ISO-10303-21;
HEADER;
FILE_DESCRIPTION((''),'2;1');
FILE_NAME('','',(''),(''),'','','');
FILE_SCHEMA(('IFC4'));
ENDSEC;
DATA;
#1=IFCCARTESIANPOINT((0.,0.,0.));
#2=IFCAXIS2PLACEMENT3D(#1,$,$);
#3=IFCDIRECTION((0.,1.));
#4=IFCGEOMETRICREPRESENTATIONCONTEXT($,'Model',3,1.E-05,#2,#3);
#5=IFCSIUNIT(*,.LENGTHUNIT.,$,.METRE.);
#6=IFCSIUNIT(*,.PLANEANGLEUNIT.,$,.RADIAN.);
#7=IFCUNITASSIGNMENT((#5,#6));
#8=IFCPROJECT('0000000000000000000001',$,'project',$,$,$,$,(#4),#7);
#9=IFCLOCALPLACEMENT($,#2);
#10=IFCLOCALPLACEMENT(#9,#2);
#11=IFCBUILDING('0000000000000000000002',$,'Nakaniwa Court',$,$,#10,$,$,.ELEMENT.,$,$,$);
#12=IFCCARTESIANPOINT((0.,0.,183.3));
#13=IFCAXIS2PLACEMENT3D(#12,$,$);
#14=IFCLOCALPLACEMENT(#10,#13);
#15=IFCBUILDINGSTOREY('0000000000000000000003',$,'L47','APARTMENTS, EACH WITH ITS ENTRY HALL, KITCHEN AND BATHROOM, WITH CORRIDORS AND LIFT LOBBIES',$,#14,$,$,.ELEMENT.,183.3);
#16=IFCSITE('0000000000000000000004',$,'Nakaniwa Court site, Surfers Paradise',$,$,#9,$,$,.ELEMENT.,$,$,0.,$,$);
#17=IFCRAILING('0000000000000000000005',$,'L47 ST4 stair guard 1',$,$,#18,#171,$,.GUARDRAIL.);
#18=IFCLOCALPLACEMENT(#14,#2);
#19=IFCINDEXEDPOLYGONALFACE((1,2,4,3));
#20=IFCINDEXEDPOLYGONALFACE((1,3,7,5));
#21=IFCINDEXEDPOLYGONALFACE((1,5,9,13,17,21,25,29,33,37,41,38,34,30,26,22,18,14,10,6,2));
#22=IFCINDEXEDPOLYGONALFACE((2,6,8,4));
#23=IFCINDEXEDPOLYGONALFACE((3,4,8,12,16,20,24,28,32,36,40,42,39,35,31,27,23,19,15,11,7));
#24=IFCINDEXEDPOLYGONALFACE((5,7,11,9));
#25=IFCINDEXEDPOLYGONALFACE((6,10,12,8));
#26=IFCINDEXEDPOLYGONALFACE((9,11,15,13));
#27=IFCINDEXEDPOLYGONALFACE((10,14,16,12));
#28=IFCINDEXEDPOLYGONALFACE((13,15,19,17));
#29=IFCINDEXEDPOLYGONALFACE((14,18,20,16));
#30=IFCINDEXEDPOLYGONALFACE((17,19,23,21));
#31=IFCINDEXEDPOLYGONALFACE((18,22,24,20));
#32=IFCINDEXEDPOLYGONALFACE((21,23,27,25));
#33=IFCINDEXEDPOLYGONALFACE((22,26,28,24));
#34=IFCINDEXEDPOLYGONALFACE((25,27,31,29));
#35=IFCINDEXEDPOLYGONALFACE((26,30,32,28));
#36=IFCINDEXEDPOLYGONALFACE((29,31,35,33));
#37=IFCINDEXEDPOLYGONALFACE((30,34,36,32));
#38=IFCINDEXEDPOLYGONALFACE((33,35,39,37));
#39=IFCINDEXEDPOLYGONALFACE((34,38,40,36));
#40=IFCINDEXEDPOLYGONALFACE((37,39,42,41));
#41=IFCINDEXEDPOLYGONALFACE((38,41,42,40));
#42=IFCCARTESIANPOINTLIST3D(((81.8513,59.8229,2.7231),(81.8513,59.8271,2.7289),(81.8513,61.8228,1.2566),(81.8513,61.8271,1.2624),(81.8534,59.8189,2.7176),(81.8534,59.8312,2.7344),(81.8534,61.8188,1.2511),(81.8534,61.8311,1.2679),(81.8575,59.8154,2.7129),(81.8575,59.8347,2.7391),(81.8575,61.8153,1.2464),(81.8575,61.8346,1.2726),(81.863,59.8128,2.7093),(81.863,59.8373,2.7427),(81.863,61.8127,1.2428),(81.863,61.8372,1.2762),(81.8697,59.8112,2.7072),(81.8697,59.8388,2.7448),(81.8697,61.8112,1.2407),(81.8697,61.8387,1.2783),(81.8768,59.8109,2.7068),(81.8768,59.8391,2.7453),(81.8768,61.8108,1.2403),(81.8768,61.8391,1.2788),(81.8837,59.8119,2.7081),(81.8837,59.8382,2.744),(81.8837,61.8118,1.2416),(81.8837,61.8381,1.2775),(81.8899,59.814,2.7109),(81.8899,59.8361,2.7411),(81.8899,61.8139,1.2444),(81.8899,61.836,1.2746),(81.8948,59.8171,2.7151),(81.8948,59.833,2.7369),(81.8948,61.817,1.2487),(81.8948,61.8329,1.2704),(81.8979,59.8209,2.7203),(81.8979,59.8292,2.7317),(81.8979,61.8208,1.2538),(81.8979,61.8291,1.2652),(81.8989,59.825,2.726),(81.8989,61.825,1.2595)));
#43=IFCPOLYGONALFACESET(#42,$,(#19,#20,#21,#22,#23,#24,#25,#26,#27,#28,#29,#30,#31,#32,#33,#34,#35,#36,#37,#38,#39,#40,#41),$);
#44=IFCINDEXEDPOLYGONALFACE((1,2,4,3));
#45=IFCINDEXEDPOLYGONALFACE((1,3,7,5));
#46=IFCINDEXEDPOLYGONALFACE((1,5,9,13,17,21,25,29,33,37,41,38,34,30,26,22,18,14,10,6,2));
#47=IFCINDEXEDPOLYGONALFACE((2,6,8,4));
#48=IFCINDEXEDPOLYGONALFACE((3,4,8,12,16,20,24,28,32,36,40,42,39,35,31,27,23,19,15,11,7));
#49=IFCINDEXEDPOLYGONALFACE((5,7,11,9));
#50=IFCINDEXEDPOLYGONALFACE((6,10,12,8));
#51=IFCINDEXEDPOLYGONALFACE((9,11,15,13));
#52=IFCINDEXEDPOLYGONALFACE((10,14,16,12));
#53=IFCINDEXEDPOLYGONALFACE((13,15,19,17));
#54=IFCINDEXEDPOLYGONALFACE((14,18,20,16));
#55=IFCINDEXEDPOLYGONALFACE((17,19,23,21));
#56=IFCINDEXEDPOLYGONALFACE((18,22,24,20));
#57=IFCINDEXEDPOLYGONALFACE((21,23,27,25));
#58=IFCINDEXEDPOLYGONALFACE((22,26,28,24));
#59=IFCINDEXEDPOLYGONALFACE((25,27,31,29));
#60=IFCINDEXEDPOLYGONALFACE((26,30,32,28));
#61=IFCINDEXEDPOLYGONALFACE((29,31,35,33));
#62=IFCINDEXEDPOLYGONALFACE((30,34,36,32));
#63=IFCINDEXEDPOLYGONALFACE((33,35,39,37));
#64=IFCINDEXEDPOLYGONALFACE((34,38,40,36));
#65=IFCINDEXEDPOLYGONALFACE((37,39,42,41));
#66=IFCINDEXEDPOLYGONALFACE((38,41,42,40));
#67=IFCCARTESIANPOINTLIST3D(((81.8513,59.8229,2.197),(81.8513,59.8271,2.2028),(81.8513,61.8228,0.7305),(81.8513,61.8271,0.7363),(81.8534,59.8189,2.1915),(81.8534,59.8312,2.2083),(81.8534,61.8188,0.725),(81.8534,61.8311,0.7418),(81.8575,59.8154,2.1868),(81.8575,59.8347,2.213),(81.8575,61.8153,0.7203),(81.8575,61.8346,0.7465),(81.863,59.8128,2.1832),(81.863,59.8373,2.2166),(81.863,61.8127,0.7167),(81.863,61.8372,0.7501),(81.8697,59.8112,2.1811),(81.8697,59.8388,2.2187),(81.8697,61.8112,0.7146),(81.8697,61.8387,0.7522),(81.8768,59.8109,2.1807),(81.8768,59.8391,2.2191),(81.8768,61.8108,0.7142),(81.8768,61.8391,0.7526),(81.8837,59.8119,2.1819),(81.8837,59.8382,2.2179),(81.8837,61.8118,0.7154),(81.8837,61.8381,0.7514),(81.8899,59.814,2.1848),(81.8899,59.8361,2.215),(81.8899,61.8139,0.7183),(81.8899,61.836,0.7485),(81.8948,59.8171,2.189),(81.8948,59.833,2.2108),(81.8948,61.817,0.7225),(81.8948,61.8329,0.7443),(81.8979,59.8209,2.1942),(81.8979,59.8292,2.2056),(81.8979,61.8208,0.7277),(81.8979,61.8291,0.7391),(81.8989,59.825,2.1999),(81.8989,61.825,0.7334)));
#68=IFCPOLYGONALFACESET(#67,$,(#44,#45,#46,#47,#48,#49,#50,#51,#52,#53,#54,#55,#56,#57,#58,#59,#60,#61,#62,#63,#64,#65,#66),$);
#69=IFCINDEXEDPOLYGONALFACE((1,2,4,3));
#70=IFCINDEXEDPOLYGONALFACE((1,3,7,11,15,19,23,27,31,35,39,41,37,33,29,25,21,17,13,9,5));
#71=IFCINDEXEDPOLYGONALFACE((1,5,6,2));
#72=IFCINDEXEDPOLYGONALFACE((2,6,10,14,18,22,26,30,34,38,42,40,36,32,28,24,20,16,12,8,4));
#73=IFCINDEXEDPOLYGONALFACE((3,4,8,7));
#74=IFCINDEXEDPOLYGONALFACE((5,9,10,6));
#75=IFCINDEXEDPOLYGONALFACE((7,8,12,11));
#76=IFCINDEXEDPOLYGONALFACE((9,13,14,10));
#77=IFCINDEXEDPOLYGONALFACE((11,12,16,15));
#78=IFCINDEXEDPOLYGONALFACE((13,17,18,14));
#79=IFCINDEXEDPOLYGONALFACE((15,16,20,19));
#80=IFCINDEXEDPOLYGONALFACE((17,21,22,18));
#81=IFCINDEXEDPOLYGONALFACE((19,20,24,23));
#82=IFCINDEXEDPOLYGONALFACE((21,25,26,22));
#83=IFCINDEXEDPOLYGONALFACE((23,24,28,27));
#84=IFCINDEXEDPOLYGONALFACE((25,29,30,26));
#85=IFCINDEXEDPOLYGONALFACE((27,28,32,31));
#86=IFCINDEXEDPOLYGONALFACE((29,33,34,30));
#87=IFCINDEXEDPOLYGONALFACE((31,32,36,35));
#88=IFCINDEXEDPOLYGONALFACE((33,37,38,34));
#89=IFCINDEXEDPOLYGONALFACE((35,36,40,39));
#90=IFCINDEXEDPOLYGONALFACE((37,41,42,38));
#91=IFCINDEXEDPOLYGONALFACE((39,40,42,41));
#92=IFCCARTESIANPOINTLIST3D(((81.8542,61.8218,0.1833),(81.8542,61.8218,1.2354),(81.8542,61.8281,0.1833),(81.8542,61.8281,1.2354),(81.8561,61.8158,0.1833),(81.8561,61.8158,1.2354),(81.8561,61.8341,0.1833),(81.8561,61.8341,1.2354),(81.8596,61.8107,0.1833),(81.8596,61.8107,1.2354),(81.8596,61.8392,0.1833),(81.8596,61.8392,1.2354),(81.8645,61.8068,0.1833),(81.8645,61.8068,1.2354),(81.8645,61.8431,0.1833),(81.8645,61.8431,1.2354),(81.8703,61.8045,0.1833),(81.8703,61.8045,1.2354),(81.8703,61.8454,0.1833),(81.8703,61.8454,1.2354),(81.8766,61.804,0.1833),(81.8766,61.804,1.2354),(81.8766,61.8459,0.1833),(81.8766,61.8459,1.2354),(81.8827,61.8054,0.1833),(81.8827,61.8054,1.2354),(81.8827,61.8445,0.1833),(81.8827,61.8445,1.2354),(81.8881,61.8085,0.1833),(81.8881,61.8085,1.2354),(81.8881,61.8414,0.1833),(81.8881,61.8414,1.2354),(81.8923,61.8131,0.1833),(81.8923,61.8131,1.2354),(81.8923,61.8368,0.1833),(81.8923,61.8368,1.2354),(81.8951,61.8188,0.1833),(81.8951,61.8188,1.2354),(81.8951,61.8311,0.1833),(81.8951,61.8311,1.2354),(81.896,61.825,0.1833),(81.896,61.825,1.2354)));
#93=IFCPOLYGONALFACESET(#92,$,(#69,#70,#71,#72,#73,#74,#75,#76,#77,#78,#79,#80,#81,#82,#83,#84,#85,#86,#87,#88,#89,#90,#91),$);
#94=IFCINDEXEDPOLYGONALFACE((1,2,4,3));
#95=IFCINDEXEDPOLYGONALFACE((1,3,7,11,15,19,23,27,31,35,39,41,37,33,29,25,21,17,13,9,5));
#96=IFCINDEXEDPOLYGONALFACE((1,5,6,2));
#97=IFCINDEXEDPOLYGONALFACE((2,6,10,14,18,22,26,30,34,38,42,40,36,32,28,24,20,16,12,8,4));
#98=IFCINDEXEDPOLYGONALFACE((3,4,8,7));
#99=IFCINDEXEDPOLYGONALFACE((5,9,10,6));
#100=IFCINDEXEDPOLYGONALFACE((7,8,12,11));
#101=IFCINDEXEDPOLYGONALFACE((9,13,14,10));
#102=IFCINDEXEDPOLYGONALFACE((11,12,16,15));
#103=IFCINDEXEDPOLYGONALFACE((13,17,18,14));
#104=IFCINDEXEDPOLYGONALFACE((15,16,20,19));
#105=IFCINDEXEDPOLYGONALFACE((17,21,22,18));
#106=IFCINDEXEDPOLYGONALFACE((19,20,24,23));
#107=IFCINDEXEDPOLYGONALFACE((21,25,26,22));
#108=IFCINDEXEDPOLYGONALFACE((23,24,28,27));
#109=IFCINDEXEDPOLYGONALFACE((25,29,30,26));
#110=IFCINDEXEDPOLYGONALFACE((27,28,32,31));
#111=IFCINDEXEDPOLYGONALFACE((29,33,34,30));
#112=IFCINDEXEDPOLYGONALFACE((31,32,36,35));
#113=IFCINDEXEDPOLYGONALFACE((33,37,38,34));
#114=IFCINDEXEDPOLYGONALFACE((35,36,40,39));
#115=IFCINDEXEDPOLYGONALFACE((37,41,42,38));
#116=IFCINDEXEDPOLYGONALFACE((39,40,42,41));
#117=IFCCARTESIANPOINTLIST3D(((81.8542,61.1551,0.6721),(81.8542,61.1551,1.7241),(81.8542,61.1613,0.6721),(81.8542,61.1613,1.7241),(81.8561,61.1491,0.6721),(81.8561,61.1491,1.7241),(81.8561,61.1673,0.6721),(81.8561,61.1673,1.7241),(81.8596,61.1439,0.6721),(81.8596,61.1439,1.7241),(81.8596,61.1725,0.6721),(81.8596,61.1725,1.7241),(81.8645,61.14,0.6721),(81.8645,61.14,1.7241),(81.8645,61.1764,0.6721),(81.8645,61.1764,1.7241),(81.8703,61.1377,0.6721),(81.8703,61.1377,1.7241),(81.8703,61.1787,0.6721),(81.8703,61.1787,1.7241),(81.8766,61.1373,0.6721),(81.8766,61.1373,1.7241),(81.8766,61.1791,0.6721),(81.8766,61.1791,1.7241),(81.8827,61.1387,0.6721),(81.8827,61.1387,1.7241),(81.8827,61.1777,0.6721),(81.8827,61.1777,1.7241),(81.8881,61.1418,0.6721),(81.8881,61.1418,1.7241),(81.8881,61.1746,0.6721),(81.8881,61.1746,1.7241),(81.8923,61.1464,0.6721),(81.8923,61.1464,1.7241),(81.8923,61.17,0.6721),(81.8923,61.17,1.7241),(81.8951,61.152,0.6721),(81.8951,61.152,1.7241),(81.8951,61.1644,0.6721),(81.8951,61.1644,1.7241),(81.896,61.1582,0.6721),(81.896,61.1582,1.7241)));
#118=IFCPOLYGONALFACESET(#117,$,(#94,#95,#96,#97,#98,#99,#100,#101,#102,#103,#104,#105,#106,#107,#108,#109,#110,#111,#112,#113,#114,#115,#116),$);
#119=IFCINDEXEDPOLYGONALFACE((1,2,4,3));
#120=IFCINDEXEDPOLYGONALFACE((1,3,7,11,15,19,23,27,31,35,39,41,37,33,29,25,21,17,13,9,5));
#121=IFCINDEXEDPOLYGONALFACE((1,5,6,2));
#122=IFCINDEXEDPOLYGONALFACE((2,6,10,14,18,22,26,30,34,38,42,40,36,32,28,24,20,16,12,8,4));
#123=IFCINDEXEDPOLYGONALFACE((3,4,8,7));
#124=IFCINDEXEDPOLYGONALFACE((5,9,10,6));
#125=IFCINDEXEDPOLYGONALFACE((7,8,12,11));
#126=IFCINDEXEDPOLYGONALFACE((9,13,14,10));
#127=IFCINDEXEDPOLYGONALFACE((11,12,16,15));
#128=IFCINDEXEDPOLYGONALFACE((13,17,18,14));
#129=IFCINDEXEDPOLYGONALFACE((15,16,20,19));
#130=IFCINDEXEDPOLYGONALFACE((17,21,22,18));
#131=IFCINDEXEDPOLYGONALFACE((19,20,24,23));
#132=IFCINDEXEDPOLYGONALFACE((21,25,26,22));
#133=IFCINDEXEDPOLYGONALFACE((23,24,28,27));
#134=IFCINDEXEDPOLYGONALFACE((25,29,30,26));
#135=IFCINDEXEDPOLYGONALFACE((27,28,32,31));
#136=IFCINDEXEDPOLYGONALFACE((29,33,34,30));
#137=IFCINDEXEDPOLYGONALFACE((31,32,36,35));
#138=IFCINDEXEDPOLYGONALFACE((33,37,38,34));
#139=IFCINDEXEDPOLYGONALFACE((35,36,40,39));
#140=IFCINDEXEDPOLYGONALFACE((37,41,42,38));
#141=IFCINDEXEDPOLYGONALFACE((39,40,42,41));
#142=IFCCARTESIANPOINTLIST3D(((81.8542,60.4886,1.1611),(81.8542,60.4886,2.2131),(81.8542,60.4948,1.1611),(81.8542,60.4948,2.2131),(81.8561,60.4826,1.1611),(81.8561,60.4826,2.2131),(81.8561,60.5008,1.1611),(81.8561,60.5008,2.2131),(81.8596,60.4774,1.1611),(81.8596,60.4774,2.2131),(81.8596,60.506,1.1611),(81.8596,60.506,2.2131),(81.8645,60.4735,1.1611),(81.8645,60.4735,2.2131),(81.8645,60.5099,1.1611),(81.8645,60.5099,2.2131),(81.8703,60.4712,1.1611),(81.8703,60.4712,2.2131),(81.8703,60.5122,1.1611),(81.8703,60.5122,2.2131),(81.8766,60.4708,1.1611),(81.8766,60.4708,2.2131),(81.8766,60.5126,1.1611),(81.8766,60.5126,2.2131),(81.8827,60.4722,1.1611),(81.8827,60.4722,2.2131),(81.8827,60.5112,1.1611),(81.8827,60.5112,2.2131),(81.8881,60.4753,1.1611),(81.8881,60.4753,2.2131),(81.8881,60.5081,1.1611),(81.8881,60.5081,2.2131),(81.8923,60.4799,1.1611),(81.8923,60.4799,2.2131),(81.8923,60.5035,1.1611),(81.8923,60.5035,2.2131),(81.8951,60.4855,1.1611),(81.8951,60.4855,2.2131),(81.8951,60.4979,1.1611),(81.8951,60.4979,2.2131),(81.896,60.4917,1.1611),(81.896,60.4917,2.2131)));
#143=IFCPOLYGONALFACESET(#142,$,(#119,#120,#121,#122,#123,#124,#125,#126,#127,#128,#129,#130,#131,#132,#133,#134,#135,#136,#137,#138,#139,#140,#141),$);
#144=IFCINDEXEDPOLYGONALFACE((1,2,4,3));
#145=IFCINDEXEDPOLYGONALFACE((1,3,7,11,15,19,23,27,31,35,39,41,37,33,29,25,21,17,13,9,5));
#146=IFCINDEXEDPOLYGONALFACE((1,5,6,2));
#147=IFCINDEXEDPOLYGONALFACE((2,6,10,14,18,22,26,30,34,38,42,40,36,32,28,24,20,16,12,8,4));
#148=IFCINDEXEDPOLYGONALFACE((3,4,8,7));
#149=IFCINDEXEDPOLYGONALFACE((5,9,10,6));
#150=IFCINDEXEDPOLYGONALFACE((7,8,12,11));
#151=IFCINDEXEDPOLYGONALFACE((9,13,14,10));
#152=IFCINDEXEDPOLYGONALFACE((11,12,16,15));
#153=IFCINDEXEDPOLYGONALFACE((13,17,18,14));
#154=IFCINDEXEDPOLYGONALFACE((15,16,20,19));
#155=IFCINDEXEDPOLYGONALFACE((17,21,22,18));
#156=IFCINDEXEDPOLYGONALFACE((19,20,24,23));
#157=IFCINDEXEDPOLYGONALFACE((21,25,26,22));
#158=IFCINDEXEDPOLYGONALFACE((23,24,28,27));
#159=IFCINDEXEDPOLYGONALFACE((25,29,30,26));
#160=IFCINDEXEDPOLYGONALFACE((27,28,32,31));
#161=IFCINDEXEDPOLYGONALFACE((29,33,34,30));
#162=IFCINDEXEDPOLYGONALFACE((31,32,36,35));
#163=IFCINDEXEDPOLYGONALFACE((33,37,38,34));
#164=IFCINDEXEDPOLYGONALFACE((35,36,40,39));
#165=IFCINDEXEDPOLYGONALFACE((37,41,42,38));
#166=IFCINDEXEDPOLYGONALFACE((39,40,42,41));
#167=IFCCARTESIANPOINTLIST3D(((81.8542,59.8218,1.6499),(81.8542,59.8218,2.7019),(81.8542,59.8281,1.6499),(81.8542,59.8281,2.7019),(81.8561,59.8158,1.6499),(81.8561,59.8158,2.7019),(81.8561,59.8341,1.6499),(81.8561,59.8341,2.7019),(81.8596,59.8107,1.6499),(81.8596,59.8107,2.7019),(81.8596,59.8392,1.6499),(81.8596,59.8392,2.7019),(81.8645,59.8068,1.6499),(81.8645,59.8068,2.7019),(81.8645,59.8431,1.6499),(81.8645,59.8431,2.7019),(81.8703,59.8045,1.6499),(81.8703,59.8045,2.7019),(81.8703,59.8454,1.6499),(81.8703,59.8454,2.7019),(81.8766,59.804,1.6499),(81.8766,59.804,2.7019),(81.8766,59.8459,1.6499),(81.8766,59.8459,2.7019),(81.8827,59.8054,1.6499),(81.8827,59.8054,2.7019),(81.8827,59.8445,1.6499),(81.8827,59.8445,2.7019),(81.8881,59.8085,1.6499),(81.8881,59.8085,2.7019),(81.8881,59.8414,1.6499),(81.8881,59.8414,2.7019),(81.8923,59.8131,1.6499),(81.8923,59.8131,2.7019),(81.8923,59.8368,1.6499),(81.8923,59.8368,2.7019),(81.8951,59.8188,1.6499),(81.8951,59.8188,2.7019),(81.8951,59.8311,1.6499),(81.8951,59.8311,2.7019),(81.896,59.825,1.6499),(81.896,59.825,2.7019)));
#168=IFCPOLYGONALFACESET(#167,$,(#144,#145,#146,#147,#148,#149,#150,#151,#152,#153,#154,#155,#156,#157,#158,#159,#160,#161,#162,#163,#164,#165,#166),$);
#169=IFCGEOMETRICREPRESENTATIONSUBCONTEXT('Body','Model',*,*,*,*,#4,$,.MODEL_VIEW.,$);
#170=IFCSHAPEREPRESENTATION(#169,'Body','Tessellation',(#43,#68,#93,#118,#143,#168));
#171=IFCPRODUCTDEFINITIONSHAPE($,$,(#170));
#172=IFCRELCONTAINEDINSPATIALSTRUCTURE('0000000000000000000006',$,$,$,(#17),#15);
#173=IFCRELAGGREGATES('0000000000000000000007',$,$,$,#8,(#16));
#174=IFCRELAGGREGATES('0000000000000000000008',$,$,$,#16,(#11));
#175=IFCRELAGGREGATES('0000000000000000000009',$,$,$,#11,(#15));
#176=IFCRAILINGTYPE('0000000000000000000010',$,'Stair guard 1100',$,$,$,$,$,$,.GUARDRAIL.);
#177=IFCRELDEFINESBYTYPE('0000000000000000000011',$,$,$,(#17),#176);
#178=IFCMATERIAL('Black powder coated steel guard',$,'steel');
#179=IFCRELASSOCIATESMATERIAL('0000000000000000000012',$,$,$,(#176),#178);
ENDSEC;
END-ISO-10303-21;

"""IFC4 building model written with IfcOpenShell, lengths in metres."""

from ifc_helpers import new_model, si_unit, direction, frame, origin, origin_2d, place, context, subcontext, project, spatial, circle, extrude, material, type_object, element, save


model = new_model("IFC4")

# Units and contexts
model_context = context("Model", 3, precision=1e-05, world=origin(), true_north=direction((0.0, 1.0)))
body_context = subcontext(model_context, "Body", "Model", "MODEL_VIEW")
ifc_project = project(units=[si_unit("LENGTHUNIT", "METRE"), si_unit("PLANEANGLEUNIT", "RADIAN")], contexts=[model_context])

# Site, building, storey
site_placement = place(None, origin())
site = spatial("IfcSite", under=ifc_project, at=site_placement, Name="Nakaniwa Court site, Surfers Paradise", CompositionType="ELEMENT", RefElevation=0.0)
building_placement = place(site_placement, origin())
building = spatial("IfcBuilding", under=site, at=building_placement, Name="Nakaniwa Court", CompositionType="ELEMENT")
storey_placement = place(building_placement, frame((0.0, 0.0, 183.3)))
storey = spatial("IfcBuildingStorey", under=building, at=storey_placement, Name="L47", Description="APARTMENTS, EACH WITH ITS ENTRY HALL, KITCHEN AND BATHROOM, WITH CORRIDORS AND LIFT LOBBIES", CompositionType="ELEMENT", Elevation=183.3)

# Railing
ifc_material_1 = material(Name="Black powder coated steel guard", Category="steel")
railing_type_1 = type_object("IfcRailingType", Name="Stair guard 1100", PredefinedType="GUARDRAIL", material=ifc_material_1)
railing_1_placement = place(storey_placement, frame((81.875, 61.825, 0.1833)))
element("IfcRailing", 1, at=railing_1_placement, inside=storey, type_object=railing_type_1, Name="L47 ST4 stair guard 1", PredefinedType="GUARDRAIL", context=body_context, shape_type="SweptSolid", body=[
    extrude(circle(Radius=0.0239, at=origin_2d()), frame((0.0, 0.0, 1.0762), z_axis=(0.0, -0.806427, 0.591334), x_axis=(1.0, 0.0, 0.0)), (0.0, 0.0, 1.0), 2.48),
    extrude(circle(Radius=0.0239, at=origin_2d()), frame((0.0, 0.0, 0.55), z_axis=(0.0, -0.806427, 0.591334), x_axis=(1.0, 0.0, 0.0)), (0.0, 0.0, 1.0), 2.48),
    extrude(circle(Radius=0.021, at=origin_2d()), origin(), (0.0, 0.0, 1.0), 1.052),
    extrude(circle(Radius=0.021, at=origin_2d()), frame((0.0, -0.6667, 0.4888)), (0.0, 0.0, 1.0), 1.052),
    extrude(circle(Radius=0.021, at=origin_2d()), frame((0.0, -1.3333, 0.9778)), (0.0, 0.0, 1.0), 1.052),
    extrude(circle(Radius=0.021, at=origin_2d()), frame((0.0, -2.0, 1.4666)), (0.0, 0.0, 1.0), 1.052),
])

save(model, "model.ifc")
